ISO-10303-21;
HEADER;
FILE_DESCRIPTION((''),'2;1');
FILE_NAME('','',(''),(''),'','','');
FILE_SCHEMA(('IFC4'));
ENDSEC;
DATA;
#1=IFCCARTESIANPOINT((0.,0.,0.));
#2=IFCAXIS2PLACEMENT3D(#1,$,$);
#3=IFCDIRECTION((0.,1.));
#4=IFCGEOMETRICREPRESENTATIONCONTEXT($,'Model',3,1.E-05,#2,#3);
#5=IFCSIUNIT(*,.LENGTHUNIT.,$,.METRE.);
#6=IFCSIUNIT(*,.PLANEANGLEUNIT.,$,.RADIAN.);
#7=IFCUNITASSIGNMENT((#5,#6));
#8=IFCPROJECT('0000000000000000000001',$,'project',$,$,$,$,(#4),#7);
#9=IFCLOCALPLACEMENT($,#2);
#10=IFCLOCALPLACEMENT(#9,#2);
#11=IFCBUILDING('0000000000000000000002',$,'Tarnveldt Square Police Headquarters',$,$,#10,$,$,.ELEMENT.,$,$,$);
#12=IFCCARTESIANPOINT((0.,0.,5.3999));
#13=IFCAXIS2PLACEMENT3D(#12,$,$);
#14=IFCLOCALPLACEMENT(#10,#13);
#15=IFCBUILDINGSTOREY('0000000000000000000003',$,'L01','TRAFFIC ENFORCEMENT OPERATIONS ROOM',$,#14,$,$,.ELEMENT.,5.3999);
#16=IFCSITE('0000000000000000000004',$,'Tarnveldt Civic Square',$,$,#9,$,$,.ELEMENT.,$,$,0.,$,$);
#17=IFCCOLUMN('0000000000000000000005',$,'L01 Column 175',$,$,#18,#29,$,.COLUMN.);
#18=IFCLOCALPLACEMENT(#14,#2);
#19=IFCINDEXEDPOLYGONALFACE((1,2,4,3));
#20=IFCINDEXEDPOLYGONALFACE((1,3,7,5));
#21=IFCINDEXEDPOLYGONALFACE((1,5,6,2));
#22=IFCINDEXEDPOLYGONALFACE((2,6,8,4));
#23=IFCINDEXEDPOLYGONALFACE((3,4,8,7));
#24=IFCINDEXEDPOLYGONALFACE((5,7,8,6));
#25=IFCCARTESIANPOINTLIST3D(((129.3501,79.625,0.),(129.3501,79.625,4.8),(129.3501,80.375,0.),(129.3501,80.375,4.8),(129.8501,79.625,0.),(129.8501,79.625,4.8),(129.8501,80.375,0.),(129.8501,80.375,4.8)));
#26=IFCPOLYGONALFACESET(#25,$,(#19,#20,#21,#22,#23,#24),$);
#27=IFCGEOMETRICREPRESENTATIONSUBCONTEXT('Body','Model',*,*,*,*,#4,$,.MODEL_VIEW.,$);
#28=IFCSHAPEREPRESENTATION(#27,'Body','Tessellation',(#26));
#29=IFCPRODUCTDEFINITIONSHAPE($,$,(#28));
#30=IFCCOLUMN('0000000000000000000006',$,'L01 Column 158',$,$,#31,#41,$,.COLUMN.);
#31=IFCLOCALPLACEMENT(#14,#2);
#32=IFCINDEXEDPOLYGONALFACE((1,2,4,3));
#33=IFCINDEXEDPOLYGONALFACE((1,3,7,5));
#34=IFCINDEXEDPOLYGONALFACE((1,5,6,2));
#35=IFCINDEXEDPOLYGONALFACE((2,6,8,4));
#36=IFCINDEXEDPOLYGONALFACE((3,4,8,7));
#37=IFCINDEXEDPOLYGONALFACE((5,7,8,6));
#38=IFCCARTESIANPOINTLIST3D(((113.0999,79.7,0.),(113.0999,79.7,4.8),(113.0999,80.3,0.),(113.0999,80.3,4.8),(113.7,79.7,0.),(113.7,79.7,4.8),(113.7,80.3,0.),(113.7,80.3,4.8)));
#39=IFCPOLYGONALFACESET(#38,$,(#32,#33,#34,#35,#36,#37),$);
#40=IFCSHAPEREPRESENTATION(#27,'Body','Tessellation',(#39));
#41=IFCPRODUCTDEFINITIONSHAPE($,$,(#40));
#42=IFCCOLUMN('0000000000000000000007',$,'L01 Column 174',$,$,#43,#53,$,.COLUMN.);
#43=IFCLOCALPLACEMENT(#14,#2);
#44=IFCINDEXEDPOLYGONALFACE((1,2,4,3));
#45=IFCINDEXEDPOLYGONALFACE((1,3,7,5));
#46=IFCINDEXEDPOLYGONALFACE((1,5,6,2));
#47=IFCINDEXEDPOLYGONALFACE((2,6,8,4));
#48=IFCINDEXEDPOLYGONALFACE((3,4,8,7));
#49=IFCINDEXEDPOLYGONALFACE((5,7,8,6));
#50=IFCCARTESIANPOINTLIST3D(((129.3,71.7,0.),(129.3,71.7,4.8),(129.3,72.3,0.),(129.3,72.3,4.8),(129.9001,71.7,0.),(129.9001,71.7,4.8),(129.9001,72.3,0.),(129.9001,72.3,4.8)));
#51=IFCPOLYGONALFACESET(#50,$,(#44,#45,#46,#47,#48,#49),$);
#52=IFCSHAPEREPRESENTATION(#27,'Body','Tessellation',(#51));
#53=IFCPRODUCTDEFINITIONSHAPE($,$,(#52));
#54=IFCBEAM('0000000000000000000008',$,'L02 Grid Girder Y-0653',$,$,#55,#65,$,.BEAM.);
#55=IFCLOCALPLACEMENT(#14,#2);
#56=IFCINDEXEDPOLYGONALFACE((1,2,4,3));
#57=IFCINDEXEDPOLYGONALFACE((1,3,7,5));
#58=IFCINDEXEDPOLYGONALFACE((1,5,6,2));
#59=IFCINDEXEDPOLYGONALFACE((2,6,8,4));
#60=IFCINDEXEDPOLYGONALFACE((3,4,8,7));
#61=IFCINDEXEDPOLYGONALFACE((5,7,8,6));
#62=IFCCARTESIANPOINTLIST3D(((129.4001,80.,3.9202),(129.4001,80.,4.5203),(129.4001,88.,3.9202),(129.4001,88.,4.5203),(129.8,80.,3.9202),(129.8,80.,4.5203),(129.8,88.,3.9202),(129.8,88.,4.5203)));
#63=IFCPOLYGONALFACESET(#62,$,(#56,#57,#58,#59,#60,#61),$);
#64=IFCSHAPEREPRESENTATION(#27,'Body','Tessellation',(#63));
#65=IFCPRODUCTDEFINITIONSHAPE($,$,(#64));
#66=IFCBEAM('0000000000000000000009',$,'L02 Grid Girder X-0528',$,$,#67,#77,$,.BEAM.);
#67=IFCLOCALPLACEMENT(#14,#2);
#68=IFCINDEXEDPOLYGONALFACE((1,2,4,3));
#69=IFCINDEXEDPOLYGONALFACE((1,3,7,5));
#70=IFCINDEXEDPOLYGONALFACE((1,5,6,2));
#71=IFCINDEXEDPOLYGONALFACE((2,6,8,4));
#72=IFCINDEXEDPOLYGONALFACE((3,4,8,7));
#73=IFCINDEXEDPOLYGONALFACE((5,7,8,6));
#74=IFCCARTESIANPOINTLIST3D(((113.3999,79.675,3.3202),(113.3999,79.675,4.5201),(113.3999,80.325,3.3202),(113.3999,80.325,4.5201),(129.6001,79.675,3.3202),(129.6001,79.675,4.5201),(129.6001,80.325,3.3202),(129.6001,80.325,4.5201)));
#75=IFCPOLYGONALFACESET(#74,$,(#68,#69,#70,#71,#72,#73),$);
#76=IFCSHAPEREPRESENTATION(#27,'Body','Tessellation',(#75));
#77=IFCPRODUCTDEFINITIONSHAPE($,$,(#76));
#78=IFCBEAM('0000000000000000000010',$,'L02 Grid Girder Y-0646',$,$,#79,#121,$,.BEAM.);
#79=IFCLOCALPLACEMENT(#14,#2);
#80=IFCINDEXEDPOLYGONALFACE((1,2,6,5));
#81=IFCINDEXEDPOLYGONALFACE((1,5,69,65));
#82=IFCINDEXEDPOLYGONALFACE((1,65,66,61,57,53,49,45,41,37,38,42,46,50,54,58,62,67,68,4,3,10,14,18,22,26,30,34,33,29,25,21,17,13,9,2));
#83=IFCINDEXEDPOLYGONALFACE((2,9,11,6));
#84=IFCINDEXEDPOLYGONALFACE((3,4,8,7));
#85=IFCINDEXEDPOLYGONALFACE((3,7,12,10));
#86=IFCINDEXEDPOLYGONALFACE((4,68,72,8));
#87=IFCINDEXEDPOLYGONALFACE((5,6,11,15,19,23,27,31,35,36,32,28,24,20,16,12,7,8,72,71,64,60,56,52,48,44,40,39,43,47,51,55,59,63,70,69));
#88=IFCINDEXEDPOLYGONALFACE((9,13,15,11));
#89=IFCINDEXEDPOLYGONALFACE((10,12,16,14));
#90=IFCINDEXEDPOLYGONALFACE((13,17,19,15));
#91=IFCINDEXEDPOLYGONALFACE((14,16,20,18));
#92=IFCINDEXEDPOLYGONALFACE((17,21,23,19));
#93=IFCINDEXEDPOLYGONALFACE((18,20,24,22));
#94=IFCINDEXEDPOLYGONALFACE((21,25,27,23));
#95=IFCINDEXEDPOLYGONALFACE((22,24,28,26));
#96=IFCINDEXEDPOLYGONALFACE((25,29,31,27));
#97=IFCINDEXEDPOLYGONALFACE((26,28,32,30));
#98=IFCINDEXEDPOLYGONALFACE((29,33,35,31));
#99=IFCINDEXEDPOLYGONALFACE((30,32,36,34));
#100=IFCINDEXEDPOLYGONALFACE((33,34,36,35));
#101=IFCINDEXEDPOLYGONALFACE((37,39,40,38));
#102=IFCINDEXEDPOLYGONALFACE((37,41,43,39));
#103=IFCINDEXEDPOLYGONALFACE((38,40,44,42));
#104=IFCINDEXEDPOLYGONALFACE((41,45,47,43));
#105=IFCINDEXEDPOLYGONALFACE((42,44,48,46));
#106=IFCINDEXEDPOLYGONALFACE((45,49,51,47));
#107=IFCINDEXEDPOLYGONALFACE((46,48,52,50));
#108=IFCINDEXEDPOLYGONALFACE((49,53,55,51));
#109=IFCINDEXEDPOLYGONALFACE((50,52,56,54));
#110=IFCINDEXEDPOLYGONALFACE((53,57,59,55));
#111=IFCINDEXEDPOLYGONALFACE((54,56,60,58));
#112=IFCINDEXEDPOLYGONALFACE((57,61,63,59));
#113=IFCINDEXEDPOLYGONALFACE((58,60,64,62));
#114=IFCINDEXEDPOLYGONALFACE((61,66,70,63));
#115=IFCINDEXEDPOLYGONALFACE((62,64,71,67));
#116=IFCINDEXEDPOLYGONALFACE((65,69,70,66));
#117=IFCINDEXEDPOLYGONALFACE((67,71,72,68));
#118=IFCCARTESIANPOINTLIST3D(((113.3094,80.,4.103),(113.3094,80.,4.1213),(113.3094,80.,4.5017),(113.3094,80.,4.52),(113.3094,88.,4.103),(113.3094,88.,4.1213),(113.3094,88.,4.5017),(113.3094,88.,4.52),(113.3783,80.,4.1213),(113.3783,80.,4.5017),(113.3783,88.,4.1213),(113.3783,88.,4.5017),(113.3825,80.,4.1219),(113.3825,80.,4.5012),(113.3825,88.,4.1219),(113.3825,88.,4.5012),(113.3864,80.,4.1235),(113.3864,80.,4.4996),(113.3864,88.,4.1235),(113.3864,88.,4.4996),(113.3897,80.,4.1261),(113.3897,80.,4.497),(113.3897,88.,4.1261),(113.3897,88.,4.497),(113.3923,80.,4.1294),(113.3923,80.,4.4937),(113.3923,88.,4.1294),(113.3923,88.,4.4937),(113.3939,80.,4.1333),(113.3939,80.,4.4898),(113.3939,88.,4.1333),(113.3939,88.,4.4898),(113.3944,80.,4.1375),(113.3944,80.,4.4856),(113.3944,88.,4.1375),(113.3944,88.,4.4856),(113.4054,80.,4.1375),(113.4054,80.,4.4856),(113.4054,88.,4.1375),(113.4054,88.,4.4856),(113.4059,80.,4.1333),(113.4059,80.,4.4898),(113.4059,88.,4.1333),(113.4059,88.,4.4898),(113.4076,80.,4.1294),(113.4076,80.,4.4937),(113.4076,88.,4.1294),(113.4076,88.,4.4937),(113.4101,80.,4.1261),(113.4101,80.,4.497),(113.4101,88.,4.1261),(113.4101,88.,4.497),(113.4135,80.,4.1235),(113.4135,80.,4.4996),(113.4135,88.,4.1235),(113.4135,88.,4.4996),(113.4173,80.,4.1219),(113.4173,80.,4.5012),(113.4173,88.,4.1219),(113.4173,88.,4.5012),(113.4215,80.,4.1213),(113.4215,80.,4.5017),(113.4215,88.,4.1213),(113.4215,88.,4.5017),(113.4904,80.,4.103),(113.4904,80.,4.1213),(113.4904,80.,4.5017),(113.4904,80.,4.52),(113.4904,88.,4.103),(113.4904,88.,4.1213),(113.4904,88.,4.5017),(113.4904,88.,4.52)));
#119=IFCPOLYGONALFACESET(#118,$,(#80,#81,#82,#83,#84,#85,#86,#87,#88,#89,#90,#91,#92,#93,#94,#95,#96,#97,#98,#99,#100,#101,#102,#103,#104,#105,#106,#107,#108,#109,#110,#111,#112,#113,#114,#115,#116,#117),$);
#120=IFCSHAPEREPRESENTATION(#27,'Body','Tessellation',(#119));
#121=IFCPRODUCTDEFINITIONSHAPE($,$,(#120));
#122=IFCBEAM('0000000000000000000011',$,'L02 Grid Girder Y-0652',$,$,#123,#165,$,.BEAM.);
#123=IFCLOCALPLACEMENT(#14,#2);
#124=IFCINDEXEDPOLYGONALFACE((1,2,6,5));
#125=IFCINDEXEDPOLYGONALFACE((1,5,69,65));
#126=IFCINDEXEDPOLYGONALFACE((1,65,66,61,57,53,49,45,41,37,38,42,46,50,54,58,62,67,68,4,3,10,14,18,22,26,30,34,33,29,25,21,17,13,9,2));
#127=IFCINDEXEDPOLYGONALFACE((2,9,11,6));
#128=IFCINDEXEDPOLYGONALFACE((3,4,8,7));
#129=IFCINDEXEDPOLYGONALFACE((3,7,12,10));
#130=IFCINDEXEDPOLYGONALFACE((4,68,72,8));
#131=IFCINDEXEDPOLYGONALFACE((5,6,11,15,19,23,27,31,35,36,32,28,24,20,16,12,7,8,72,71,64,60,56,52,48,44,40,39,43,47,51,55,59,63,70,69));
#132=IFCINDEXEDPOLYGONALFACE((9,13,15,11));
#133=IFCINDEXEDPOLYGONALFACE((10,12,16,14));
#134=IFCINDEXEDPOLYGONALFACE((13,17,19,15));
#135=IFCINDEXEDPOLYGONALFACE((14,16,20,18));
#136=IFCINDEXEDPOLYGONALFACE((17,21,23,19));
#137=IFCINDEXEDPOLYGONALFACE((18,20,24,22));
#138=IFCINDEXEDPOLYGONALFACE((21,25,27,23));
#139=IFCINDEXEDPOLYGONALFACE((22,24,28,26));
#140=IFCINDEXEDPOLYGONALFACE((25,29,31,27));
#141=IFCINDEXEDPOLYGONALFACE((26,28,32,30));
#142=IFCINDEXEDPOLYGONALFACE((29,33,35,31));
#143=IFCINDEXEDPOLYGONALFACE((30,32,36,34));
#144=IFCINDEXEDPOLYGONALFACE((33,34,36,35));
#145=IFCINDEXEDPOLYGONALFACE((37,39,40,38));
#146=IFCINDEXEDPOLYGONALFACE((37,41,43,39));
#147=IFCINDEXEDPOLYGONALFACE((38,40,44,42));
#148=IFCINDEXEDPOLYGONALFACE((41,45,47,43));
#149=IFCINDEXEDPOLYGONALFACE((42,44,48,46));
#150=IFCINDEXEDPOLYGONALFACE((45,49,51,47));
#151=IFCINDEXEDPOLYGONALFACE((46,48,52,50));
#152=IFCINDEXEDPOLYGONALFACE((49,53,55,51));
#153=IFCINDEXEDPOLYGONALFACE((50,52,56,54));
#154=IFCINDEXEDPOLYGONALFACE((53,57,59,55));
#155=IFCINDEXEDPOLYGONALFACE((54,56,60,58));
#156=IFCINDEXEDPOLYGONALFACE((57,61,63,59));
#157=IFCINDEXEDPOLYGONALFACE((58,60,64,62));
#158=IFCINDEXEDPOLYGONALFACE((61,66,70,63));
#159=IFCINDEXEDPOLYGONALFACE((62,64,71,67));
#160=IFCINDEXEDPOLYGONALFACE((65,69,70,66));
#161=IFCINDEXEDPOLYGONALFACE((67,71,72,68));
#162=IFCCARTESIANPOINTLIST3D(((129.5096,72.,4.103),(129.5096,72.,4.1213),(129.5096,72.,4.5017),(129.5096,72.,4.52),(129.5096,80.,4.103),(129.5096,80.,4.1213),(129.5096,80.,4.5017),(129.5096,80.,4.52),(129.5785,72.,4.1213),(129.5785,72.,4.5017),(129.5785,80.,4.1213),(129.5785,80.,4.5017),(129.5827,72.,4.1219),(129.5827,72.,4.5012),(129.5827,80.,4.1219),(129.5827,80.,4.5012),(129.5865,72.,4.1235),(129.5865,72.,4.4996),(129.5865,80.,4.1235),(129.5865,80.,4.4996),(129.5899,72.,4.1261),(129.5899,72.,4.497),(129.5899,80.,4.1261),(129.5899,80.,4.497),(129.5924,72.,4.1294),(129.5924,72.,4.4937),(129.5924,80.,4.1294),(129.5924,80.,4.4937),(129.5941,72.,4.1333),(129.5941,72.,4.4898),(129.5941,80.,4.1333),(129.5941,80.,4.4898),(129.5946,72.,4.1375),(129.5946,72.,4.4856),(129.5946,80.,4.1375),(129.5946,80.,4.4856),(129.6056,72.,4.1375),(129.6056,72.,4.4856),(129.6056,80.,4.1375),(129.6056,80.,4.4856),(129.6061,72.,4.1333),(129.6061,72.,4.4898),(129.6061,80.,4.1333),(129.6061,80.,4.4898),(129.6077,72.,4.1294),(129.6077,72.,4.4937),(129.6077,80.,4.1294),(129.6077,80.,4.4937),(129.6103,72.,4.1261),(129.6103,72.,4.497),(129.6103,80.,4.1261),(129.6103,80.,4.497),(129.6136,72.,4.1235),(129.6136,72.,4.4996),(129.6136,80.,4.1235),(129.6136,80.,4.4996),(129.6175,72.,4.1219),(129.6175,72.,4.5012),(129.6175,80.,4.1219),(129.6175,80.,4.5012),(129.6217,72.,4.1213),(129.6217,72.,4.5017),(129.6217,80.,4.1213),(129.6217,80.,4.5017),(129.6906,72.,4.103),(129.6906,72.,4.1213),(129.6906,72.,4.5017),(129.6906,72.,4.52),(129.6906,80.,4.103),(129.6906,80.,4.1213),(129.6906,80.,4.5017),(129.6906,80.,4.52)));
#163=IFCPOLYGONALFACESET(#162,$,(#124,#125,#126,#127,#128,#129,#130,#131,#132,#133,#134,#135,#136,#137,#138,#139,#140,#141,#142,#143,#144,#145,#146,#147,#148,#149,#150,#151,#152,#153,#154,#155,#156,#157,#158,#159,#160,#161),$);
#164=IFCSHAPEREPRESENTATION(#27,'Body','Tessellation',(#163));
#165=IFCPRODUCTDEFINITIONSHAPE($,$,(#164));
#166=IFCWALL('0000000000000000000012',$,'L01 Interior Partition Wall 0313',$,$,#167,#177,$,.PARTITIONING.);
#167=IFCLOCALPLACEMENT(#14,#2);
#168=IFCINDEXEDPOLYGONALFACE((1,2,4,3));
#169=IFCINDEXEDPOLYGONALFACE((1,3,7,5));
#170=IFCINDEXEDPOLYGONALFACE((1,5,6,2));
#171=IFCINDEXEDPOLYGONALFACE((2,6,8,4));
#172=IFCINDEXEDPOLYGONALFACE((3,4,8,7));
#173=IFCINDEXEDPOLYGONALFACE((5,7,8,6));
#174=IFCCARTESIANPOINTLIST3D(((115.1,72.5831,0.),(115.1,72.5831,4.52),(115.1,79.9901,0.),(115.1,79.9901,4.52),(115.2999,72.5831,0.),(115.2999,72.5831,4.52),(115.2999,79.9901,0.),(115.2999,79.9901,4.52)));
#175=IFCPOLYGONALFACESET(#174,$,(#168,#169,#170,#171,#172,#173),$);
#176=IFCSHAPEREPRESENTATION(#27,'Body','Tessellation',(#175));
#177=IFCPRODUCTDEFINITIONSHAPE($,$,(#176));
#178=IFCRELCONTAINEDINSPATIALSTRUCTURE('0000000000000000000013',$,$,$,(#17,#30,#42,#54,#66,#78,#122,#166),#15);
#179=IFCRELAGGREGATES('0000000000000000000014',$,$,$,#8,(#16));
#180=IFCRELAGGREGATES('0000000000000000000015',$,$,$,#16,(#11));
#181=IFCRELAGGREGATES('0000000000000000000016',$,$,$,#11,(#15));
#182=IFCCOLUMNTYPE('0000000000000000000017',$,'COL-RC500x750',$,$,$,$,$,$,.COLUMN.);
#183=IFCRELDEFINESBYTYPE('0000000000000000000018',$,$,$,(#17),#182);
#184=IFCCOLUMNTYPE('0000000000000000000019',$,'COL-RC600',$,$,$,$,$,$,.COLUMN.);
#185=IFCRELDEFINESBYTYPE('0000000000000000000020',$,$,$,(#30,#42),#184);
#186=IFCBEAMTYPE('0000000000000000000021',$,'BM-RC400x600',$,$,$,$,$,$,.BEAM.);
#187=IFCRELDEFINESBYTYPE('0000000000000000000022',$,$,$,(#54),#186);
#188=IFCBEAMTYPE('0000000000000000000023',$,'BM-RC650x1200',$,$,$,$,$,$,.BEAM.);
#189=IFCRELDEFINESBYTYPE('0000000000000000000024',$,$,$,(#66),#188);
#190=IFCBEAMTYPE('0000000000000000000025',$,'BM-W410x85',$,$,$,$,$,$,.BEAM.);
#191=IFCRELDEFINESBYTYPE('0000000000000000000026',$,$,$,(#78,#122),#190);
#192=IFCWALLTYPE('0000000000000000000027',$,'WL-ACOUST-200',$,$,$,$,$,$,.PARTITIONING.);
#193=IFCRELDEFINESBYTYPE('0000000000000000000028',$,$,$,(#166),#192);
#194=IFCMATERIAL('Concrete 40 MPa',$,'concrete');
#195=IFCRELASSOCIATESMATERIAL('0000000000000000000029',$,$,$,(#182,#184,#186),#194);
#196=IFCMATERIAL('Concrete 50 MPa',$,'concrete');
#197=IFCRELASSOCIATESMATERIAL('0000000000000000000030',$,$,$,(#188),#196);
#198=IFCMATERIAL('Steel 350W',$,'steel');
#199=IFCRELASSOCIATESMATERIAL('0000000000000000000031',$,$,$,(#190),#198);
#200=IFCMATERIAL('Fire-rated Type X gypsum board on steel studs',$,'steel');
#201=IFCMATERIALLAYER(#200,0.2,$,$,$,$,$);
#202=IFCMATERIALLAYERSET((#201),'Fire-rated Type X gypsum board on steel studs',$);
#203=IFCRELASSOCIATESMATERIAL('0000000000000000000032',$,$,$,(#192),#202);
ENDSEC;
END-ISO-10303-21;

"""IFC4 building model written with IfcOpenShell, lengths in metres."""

from ifc_helpers import new_model, si_unit, direction, frame, frame_2d, origin, origin_2d, place, context, subcontext, project, spatial, rectangle, i_section, extrude, material, layer, layer_set, material_profile, profile_set, type_object, element, save


model = new_model("IFC4")

# Units and contexts
model_context = context("Model", 3, precision=1e-05, world=origin(), true_north=direction((0.0, 1.0)))
body_context = subcontext(model_context, "Body", "Model", "MODEL_VIEW")
ifc_project = project(units=[si_unit("LENGTHUNIT", "METRE"), si_unit("PLANEANGLEUNIT", "RADIAN")], contexts=[model_context])

# Site, building, storey
site_placement = place(None, origin())
site = spatial("IfcSite", under=ifc_project, at=site_placement, Name="Tarnveldt Civic Square", CompositionType="ELEMENT", RefElevation=0.0)
building_placement = place(site_placement, origin())
building = spatial("IfcBuilding", under=site, at=building_placement, Name="Tarnveldt Square Police Headquarters", CompositionType="ELEMENT")
storey_placement = place(building_placement, frame((0.0, 0.0, 5.3999)))
storey = spatial("IfcBuildingStorey", under=building, at=storey_placement, Name="L01", Description="TRAFFIC ENFORCEMENT OPERATIONS ROOM", CompositionType="ELEMENT", Elevation=5.3999)

# Columns
ifc_material_1 = material(Name="Concrete 40 MPa", Category="concrete")
ifc_material_profile_1 = material_profile(ifc_material_1, rectangle(XDim=0.5, YDim=0.75, at=origin_2d()), Name="RC-C500x750")
ifc_profile_set_1 = profile_set([ifc_material_profile_1], Name="Concrete 40 MPa")
column_type_1 = type_object("IfcColumnType", Name="COL-RC500x750", PredefinedType="COLUMN", material=ifc_profile_set_1)
column_placement = place(storey_placement, frame((129.6001, 80.0, 0.0), z_axis=(0.0, 0.0, 1.0), x_axis=(1.0, 0.0, 0.0)))
element("IfcColumn", 1, at=column_placement, inside=storey, type_object=column_type_1, Name="L01 Column 175", PredefinedType="COLUMN", context=body_context, shape_type="SweptSolid", body=[
    extrude(rectangle(XDim=0.5, YDim=0.75, at=origin_2d()), origin(), (0.0, 0.0, 1.0), 4.8),
])
ifc_material_profile_2 = material_profile(ifc_material_1, rectangle(XDim=0.6001, YDim=0.6001, at=origin_2d()), Name="RC-C600x600")
ifc_profile_set_2 = profile_set([ifc_material_profile_2], Name="Concrete 40 MPa")
column_type_2 = type_object("IfcColumnType", Name="COL-RC600", PredefinedType="COLUMN", material=ifc_profile_set_2)
for number, where, z_axis, x_axis, name in (
    (2, (113.3999, 80.0, 0.0), (0.0, 0.0, 1.0), (1.0, 0.0, 0.0), "L01 Column 158"),
    (3, (129.6001, 72.0, 0.0), (0.0, 0.0, 1.0), (1.0, 0.0, 0.0), "L01 Column 174"),
):
    element("IfcColumn", number, at=place(storey_placement, frame(where, z_axis=z_axis, x_axis=x_axis)), inside=storey, type_object=column_type_2, Name=name, PredefinedType="COLUMN", context=body_context, shape_type="SweptSolid", body=[
        extrude(rectangle(XDim=0.6001, YDim=0.6001, at=origin_2d()), origin(), (0.0, 0.0, 1.0), 4.8),
    ])

# Beams
ifc_material_profile_3 = material_profile(ifc_material_1, rectangle(XDim=0.3999, YDim=0.6001, at=origin_2d()), Name="RC-B400x600")
ifc_profile_set_3 = profile_set([ifc_material_profile_3], Name="Concrete 40 MPa")
beam_type_1 = type_object("IfcBeamType", Name="BM-RC400x600", PredefinedType="BEAM", material=ifc_profile_set_3)
beam_1_placement = place(storey_placement, frame((129.6001, 80.0, 4.2202), z_axis=(0.0, 1.0, 0.0), x_axis=(-1.0, 0.0, 0.0)))
element("IfcBeam", 4, at=beam_1_placement, inside=storey, type_object=beam_type_1, Name="L02 Grid Girder Y-0653", PredefinedType="BEAM", context=body_context, shape_type="SweptSolid", body=[
    extrude(rectangle(XDim=0.3999, YDim=0.6001, at=origin_2d()), origin(), (0.0, 0.0, 1.0), 8.0),
])
ifc_material_2 = material(Name="Concrete 50 MPa", Category="concrete")
ifc_material_profile_4 = material_profile(ifc_material_2, rectangle(XDim=0.6499, YDim=1.2, at=origin_2d()), Name="RC-B650x1200")
ifc_profile_set_4 = profile_set([ifc_material_profile_4], Name="Concrete 50 MPa")
beam_type_2 = type_object("IfcBeamType", Name="BM-RC650x1200", PredefinedType="BEAM", material=ifc_profile_set_4)
beam_2_placement = place(storey_placement, frame((113.3999, 80.0, 3.9202), z_axis=(1.0, 0.0, 0.0), x_axis=(0.0, 1.0, 0.0)))
element("IfcBeam", 5, at=beam_2_placement, inside=storey, type_object=beam_type_2, Name="L02 Grid Girder X-0528", PredefinedType="BEAM", context=body_context, shape_type="SweptSolid", body=[
    extrude(rectangle(XDim=0.6499, YDim=1.2, at=origin_2d()), origin(), (0.0, 0.0, 1.0), 16.2002),
])
ifc_material_3 = material(Name="Steel 350W", Category="steel")
ifc_material_profile_5 = material_profile(ifc_material_3, i_section(OverallWidth=0.1809, OverallDepth=0.417, WebThickness=0.011, FlangeThickness=0.0183, FilletRadius=0.0161, at=origin_2d()), Name="W410x85")
ifc_profile_set_5 = profile_set([ifc_material_profile_5], Name="Steel 350W")
beam_type_3 = type_object("IfcBeamType", Name="BM-W410x85", PredefinedType="BEAM", material=ifc_profile_set_5)
for number, where, z_axis, x_axis, name in (
    (6, (113.3999, 80.0, 4.3115), (0.0, 1.0, 0.0), (-1.0, 0.0, 0.0), "L02 Grid Girder Y-0646"),
    (7, (129.6001, 72.0, 4.3115), (0.0, 1.0, 0.0), (-1.0, 0.0, 0.0), "L02 Grid Girder Y-0652"),
):
    element("IfcBeam", number, at=place(storey_placement, frame(where, z_axis=z_axis, x_axis=x_axis)), inside=storey, type_object=beam_type_3, Name=name, PredefinedType="BEAM", context=body_context, shape_type="SweptSolid", body=[
        extrude(i_section(OverallWidth=0.1809, OverallDepth=0.417, WebThickness=0.011, FlangeThickness=0.0183, FilletRadius=0.0161, at=origin_2d()), origin(), (0.0, 0.0, 1.0), 8.0),
    ])

# Wall
ifc_material_4 = material(Name="Fire-rated Type X gypsum board on steel studs", Category="steel")
ifc_layer_1 = layer(ifc_material_4, 0.2)
ifc_layer_set_1 = layer_set([ifc_layer_1], Name="Fire-rated Type X gypsum board on steel studs")
wall_type_1 = type_object("IfcWallType", Name="WL-ACOUST-200", PredefinedType="PARTITIONING", material=ifc_layer_set_1)
wall_1_placement = place(storey_placement, frame((115.2, 72.583, 0.0), z_axis=(0.0, 0.0, 1.0), x_axis=(0.0, 1.0, 0.0)))
element("IfcWall", 8, at=wall_1_placement, inside=storey, type_object=wall_type_1, Name="L01 Interior Partition Wall 0313", PredefinedType="PARTITIONING", context=body_context, shape_type="SweptSolid", body=[
    extrude(rectangle(XDim=7.407, YDim=0.2, at=frame_2d((3.7036, 0.0))), origin(), (0.0, 0.0, 1.0), 4.52),
])

save(model, "model.ifc")
